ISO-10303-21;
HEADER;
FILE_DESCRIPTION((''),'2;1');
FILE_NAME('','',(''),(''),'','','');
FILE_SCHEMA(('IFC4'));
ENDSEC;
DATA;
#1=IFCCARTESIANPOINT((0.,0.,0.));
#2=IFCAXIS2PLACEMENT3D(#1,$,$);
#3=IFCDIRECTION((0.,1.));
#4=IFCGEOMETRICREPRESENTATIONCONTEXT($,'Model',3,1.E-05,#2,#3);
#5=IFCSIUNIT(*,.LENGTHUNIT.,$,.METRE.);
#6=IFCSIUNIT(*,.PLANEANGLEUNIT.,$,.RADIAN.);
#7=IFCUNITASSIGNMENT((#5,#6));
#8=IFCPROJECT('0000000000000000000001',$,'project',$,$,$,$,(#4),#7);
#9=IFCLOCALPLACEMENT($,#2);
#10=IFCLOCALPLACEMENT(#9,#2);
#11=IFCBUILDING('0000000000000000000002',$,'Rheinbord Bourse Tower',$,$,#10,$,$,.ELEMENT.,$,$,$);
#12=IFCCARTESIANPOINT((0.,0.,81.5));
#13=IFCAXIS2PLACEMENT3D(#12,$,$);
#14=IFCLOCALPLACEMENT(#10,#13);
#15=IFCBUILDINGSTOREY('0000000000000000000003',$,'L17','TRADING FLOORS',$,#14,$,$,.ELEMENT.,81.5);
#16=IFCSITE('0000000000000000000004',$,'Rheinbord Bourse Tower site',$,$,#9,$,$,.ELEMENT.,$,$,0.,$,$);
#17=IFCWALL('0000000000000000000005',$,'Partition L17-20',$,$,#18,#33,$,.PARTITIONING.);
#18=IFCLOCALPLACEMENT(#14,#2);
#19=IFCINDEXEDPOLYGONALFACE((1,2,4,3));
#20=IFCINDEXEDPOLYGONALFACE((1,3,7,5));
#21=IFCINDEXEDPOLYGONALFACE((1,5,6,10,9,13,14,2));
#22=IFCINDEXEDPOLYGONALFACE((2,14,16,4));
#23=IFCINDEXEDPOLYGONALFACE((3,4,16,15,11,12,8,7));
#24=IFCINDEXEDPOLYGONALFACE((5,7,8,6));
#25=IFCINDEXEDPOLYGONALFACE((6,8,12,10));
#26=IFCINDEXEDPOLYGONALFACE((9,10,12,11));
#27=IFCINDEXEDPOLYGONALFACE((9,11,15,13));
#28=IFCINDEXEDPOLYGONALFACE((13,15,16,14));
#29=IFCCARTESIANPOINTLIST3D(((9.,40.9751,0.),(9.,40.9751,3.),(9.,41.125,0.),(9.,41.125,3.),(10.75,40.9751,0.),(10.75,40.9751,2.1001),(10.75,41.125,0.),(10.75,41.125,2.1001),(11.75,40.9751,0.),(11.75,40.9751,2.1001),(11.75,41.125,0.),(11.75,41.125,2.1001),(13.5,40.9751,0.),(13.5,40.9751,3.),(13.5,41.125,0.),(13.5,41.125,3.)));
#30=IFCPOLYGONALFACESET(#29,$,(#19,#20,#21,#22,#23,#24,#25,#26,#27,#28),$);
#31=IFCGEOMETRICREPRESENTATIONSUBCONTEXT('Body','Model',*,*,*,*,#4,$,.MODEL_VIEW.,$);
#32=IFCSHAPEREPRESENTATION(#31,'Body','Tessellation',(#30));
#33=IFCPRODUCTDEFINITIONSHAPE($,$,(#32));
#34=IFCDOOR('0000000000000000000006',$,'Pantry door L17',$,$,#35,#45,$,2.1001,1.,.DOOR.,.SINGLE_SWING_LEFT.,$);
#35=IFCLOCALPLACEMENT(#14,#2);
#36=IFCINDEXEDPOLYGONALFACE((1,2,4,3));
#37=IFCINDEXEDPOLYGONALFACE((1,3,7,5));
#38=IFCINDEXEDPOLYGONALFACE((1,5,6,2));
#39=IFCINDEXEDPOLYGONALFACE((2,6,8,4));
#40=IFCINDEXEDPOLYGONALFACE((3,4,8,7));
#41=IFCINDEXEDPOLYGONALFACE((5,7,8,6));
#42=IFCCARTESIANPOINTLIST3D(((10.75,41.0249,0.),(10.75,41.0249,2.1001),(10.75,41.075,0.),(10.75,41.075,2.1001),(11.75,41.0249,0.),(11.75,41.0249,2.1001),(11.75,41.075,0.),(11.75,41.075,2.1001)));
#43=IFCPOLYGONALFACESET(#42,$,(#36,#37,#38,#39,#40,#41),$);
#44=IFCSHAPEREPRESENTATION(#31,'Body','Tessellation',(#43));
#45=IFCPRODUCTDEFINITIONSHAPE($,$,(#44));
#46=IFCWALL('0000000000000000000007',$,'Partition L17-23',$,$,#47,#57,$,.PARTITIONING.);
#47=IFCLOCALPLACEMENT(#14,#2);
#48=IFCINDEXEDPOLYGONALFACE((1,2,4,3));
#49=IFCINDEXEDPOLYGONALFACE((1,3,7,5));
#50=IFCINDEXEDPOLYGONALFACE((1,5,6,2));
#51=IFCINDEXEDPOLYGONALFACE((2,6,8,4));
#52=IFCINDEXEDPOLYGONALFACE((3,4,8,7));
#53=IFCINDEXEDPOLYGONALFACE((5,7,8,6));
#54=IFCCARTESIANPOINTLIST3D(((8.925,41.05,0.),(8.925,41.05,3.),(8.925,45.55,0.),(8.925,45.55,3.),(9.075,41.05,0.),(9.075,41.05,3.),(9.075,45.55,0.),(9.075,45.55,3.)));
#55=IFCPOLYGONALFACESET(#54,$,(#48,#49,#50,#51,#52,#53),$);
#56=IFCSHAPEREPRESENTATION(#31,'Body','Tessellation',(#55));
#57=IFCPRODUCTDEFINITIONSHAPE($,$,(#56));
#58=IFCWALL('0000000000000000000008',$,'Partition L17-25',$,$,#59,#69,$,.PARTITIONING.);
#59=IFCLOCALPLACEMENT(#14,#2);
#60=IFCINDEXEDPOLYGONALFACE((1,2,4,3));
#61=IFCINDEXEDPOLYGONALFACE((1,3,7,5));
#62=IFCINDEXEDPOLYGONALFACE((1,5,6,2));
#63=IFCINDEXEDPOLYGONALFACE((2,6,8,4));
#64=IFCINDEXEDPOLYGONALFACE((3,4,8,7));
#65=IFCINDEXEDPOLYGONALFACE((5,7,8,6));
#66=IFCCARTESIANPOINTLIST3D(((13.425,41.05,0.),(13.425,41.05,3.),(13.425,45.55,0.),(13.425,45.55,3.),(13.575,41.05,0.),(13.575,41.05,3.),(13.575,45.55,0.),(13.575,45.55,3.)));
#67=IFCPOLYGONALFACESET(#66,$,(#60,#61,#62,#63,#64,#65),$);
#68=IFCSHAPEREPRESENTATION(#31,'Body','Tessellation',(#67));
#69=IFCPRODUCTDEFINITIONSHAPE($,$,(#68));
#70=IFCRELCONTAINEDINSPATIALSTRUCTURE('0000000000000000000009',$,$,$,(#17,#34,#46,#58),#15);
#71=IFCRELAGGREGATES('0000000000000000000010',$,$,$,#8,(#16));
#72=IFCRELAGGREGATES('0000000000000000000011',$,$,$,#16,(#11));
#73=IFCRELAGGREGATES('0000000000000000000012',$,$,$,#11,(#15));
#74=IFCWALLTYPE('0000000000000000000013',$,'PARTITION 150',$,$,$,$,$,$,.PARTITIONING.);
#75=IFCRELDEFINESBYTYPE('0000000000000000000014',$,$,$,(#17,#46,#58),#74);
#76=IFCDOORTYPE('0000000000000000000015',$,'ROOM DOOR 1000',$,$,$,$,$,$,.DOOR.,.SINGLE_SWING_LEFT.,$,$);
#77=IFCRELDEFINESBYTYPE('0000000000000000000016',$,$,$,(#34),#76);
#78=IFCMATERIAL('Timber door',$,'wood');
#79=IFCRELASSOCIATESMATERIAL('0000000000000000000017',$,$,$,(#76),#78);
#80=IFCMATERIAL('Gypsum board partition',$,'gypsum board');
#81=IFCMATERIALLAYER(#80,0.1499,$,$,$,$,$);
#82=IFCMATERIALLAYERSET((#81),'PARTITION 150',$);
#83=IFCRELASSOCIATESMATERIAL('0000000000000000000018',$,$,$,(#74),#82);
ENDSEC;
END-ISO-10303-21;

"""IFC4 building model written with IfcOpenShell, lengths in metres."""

from ifc_helpers import new_model, si_unit, direction, frame, frame_2d, origin, place, context, subcontext, project, spatial, rectangle, extrude, material, layer, layer_set, type_object, element, fill, save


model = new_model("IFC4")

# Units and contexts
model_context = context("Model", 3, precision=1e-05, world=origin(), true_north=direction((0.0, 1.0)))
body_context = subcontext(model_context, "Body", "Model", "MODEL_VIEW")
ifc_project = project(units=[si_unit("LENGTHUNIT", "METRE"), si_unit("PLANEANGLEUNIT", "RADIAN")], contexts=[model_context])

# Site, building, storey
site_placement = place(None, origin())
site = spatial("IfcSite", under=ifc_project, at=site_placement, Name="Rheinbord Bourse Tower site", CompositionType="ELEMENT", RefElevation=0.0)
building_placement = place(site_placement, origin())
building = spatial("IfcBuilding", under=site, at=building_placement, Name="Rheinbord Bourse Tower", CompositionType="ELEMENT")
storey_placement = place(building_placement, frame((0.0, 0.0, 81.5)))
storey = spatial("IfcBuildingStorey", under=building, at=storey_placement, Name="L17", Description="TRADING FLOORS", CompositionType="ELEMENT", Elevation=81.5)

# Wall, opening, door
ifc_material_1 = material(Name="Timber door", Category="wood")
door_type = type_object("IfcDoorType", Name="ROOM DOOR 1000", OperationType="SINGLE_SWING_LEFT", PredefinedType="DOOR", material=ifc_material_1)
ifc_material_2 = material(Name="Gypsum board partition", Category="gypsum board")
ifc_layer_1 = layer(ifc_material_2, 0.1499)
ifc_layer_set_1 = layer_set([ifc_layer_1], Name="PARTITION 150")
wall_type_1 = type_object("IfcWallType", Name="PARTITION 150", PredefinedType="PARTITIONING", material=ifc_layer_set_1)
wall_1_placement = place(storey_placement, frame((9.0, 41.05, 0.0), z_axis=(0.0, 0.0, 1.0), x_axis=(1.0, 0.0, 0.0)))
wall_1 = element("IfcWall", 1, at=wall_1_placement, inside=storey, type_object=wall_type_1, Name="Partition L17-20", PredefinedType="PARTITIONING", context=body_context, shape_type="SweptSolid", body=[
    extrude(rectangle(XDim=4.5, YDim=0.1499, at=frame_2d((2.25, 0.0))), origin(), (0.0, 0.0, 1.0), 3.0),
])
opening_1_placement = place(wall_1_placement, frame((1.75, 0.0, 0.0)))
opening_1 = element("IfcOpeningElement", 2, at=opening_1_placement, cuts=wall_1, PredefinedType="OPENING", context=body_context, shape_type="SweptSolid", body=[
    extrude(rectangle(XDim=1.0, YDim=2.1001, at=frame_2d((0.5, 1.05))), frame((0.0, 0.085, 0.0), z_axis=(0.0, -1.0, 0.0), x_axis=(1.0, 0.0, 0.0)), (0.0, 0.0, 1.0), 0.1699),
])
door_1_placement = place(opening_1_placement, origin())
door_1 = element("IfcDoor", 3, at=door_1_placement, inside=storey, type_object=door_type, Name="Pantry door L17", OperationType="SINGLE_SWING_LEFT", OverallHeight=2.1001, OverallWidth=1.0, PredefinedType="DOOR", context=body_context, shape_type="SweptSolid", body=[
    extrude(rectangle(XDim=1.0, YDim=2.1001, at=frame_2d((0.5, 1.05))), frame((0.0, 0.0249, 0.0), z_axis=(0.0, -1.0, 0.0), x_axis=(1.0, 0.0, 0.0)), (0.0, 0.0, 1.0), 0.05),
])
fill(opening_1, door_1)

# Walls
for number, where, z_axis, x_axis, name in (
    (4, (9.0, 41.05, 0.0), (0.0, 0.0, 1.0), (0.0, 1.0, 0.0), "Partition L17-23"),
    (5, (13.5, 41.05, 0.0), (0.0, 0.0, 1.0), (0.0, 1.0, 0.0), "Partition L17-25"),
):
    element("IfcWall", number, at=place(storey_placement, frame(where, z_axis=z_axis, x_axis=x_axis)), inside=storey, type_object=wall_type_1, Name=name, PredefinedType="PARTITIONING", context=body_context, shape_type="SweptSolid", body=[
        extrude(rectangle(XDim=4.5, YDim=0.1499, at=frame_2d((2.25, 0.0))), origin(), (0.0, 0.0, 1.0), 3.0),
    ])

save(model, "model.ifc")
